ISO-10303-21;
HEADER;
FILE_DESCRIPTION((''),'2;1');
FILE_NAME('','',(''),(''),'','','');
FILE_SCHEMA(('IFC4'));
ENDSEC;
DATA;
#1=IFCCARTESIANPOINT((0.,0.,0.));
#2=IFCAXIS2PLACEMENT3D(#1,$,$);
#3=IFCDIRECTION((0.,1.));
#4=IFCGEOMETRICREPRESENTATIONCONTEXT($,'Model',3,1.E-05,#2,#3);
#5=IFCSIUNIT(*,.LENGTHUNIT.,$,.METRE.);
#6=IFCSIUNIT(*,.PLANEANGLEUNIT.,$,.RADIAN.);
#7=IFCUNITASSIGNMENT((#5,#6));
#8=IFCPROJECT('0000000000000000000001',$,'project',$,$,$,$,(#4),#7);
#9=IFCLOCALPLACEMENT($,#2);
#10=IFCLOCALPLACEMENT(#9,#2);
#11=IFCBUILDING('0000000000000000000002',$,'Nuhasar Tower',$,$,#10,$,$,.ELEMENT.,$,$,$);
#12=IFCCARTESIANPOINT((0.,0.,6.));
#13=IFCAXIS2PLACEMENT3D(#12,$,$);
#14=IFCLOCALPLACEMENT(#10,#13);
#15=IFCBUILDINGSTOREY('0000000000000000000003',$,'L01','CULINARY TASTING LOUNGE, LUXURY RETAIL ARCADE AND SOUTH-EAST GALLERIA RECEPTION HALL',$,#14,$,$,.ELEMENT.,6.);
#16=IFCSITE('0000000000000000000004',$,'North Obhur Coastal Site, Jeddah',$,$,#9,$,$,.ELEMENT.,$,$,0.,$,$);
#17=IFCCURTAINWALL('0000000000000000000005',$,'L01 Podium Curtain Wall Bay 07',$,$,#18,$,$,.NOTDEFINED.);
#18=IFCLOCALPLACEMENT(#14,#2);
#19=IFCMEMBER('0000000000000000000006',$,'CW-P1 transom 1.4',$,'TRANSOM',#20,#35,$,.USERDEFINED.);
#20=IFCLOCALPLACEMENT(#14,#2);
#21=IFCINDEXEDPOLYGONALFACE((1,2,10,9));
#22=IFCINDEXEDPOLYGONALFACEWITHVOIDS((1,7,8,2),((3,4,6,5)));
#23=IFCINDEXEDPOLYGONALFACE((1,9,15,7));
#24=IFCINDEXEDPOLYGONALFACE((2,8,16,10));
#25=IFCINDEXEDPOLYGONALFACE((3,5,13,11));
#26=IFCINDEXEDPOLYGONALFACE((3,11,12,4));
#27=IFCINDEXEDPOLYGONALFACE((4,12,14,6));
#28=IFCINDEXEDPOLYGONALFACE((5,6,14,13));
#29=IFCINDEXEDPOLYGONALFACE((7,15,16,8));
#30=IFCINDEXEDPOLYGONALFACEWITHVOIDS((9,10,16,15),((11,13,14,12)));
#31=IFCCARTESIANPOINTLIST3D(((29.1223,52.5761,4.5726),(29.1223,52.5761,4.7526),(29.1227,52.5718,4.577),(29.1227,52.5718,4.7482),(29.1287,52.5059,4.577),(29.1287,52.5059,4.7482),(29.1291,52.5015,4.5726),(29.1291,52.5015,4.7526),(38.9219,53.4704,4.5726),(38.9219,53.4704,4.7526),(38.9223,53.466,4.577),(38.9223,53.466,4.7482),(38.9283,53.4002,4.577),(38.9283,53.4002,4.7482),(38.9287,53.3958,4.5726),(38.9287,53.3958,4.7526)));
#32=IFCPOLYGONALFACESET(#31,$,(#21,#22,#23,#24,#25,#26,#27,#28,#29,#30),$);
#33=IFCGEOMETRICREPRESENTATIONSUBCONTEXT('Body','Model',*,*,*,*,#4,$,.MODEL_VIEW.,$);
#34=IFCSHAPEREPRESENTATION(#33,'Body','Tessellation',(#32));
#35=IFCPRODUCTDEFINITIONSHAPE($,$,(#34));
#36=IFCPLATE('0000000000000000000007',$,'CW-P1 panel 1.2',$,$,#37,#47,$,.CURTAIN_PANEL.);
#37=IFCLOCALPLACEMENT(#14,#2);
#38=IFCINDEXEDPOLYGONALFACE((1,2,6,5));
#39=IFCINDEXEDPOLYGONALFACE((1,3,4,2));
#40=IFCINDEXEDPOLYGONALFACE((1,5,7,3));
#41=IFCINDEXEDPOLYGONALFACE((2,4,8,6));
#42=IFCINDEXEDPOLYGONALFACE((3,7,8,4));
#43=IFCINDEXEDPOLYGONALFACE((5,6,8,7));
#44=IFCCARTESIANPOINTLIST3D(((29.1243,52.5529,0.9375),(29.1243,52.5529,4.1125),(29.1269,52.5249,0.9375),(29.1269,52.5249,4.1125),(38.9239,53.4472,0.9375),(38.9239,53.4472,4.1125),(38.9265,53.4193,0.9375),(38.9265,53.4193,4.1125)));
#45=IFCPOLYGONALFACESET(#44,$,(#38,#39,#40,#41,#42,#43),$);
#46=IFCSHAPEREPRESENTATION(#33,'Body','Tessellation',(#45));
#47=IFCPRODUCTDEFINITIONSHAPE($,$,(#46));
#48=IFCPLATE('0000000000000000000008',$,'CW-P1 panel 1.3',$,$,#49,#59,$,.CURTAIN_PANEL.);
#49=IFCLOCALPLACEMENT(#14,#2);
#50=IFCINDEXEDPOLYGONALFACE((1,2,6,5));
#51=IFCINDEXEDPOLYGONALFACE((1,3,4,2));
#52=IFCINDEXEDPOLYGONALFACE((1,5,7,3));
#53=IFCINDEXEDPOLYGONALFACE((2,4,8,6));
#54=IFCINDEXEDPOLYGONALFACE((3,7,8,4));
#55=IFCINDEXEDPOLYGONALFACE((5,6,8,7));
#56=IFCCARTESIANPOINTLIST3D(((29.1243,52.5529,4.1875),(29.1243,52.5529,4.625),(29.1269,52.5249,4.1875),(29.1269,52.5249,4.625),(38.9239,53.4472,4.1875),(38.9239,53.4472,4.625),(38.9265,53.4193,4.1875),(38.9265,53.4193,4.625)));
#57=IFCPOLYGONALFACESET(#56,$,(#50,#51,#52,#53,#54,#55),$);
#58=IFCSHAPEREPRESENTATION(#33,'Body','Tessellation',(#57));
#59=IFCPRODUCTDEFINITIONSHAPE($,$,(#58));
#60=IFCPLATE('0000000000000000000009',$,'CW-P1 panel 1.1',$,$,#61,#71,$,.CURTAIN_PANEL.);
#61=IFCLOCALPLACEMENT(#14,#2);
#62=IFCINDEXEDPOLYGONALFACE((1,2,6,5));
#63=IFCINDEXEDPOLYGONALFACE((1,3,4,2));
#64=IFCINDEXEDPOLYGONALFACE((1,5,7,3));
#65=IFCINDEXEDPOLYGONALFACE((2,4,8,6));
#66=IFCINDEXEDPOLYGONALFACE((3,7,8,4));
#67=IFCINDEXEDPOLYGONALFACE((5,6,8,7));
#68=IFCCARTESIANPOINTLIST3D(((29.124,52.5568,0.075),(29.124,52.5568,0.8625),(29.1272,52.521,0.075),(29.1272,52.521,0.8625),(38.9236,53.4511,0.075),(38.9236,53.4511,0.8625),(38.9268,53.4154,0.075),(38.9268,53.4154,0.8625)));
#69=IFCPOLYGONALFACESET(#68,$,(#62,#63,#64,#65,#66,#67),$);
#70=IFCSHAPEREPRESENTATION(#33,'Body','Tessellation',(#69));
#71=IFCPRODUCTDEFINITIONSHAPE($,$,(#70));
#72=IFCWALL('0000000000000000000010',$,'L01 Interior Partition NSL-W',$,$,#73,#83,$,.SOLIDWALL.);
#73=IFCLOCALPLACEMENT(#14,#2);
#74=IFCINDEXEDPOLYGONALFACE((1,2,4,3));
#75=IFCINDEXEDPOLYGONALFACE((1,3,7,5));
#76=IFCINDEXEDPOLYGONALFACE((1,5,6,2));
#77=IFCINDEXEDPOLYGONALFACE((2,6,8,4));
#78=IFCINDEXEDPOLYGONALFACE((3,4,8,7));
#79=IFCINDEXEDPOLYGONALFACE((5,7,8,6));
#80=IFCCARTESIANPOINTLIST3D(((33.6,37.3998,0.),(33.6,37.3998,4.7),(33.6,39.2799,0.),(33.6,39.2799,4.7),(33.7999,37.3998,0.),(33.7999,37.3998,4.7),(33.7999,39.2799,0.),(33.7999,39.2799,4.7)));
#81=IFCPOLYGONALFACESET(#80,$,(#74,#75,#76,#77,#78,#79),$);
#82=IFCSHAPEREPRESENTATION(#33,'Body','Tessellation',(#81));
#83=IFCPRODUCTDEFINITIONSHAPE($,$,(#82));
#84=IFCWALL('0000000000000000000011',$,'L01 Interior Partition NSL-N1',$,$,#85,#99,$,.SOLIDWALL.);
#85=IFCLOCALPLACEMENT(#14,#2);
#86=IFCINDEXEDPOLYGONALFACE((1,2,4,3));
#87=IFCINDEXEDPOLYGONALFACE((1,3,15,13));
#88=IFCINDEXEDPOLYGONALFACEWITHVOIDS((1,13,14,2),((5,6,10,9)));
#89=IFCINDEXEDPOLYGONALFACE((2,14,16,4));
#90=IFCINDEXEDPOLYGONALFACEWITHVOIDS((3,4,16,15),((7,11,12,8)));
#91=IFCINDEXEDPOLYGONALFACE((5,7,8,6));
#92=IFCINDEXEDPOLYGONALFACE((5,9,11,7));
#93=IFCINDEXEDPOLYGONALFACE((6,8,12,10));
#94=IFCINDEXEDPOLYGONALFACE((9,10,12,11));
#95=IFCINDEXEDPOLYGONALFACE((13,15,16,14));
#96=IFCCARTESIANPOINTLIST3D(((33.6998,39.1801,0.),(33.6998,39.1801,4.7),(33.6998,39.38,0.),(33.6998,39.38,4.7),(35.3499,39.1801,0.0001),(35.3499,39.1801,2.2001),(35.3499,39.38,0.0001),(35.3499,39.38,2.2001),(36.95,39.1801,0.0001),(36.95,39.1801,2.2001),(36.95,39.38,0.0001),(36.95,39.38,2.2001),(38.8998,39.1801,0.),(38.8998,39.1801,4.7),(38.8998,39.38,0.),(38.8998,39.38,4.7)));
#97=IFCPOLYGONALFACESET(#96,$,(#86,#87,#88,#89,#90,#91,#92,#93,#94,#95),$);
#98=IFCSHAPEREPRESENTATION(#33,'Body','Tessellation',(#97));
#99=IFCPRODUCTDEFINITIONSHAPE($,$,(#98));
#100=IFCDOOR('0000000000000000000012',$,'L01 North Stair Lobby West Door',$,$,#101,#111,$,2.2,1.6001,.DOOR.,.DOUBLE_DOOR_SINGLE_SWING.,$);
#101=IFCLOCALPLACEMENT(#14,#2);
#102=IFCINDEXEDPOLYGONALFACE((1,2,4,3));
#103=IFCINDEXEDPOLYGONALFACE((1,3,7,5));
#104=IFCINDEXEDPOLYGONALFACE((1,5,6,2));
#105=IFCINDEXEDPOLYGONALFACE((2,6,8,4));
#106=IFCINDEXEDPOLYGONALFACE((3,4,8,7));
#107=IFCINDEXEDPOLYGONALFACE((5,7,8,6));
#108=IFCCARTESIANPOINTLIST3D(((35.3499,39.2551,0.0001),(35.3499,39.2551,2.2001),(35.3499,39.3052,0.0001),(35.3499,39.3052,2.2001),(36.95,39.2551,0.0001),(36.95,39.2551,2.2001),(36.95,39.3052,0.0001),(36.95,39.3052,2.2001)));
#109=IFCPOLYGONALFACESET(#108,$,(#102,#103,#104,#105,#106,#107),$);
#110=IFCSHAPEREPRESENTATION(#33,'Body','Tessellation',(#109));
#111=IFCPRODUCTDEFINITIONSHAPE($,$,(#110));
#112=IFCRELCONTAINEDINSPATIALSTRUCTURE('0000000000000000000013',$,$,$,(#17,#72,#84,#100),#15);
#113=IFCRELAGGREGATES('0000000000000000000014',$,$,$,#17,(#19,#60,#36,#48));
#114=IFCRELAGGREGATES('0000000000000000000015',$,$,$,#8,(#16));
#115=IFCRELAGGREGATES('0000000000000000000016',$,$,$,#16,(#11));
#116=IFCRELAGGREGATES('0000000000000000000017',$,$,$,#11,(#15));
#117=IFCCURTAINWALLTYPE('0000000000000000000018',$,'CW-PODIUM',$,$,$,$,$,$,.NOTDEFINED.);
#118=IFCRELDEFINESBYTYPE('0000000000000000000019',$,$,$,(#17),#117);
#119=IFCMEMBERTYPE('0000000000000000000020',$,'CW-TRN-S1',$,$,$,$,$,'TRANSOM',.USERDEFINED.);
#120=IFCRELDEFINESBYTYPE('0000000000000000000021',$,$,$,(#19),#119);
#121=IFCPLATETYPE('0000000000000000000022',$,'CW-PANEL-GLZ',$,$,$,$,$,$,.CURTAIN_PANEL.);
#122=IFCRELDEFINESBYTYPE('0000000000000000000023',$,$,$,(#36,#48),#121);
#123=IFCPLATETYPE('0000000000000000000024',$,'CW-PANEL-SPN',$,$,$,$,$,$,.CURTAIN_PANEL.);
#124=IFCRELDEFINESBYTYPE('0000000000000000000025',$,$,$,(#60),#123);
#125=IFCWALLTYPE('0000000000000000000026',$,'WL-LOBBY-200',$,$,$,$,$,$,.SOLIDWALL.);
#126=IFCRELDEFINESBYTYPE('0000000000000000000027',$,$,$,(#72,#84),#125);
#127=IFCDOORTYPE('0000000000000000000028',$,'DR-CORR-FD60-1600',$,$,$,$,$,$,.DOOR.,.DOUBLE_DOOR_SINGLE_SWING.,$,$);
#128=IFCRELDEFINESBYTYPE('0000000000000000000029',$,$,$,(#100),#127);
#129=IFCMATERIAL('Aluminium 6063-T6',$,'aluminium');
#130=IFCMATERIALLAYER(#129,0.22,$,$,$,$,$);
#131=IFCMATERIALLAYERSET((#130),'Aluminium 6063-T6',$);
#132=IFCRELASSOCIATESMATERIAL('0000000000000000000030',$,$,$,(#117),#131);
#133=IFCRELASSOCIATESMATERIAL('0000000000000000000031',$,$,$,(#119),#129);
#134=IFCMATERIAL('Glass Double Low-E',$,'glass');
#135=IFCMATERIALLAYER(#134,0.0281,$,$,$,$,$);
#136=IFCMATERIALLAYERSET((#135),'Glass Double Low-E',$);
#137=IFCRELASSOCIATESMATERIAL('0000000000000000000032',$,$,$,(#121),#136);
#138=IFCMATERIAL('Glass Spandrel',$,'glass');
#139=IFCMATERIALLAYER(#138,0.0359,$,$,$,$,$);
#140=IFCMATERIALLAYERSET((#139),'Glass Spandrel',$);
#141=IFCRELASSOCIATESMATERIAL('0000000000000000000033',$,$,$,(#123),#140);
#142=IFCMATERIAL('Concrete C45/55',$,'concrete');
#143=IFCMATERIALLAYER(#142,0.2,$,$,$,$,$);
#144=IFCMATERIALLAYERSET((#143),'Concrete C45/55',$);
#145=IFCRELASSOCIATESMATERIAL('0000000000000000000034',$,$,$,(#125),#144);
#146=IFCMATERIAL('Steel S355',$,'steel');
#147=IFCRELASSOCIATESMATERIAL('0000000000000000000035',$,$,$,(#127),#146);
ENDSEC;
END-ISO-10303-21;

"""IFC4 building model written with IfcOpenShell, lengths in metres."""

from ifc_helpers import new_model, si_unit, direction, frame, frame_2d, origin, origin_2d, place, context, subcontext, project, spatial, rectangle, hollow_rectangle, extrude, material, layer, layer_set, material_profile, profile_set, type_object, element, fill, aggregate, save


model = new_model("IFC4")

# Units and contexts
model_context = context("Model", 3, precision=1e-05, world=origin(), true_north=direction((0.0, 1.0)))
body_context = subcontext(model_context, "Body", "Model", "MODEL_VIEW")
ifc_project = project(units=[si_unit("LENGTHUNIT", "METRE"), si_unit("PLANEANGLEUNIT", "RADIAN")], contexts=[model_context])

# Site, building, storey
site_placement = place(None, origin())
site = spatial("IfcSite", under=ifc_project, at=site_placement, Name="North Obhur Coastal Site, Jeddah", CompositionType="ELEMENT", RefElevation=0.0)
building_placement = place(site_placement, origin())
building = spatial("IfcBuilding", under=site, at=building_placement, Name="Nuhasar Tower", CompositionType="ELEMENT")
storey_placement = place(building_placement, frame((0.0, 0.0, 6.0)))
storey = spatial("IfcBuildingStorey", under=building, at=storey_placement, Name="L01", Description="CULINARY TASTING LOUNGE, LUXURY RETAIL ARCADE AND SOUTH-EAST GALLERIA RECEPTION HALL", CompositionType="ELEMENT", Elevation=6.0)

# Shared definitions
ifc_material_1 = material(Name="Steel S355", Category="steel")

# Curtain wall, member, plates
ifc_material_2 = material(Name="Aluminium 6063-T6", Category="aluminium")
ifc_layer_1 = layer(ifc_material_2, 0.22)
ifc_layer_set_1 = layer_set([ifc_layer_1], Name="Aluminium 6063-T6")
curtain_wall_type = type_object("IfcCurtainWallType", Name="CW-PODIUM", PredefinedType="NOTDEFINED", material=ifc_layer_set_1)
curtain_wall_placement = place(storey_placement, origin())
curtain_wall = element("IfcCurtainWall", 1, at=curtain_wall_placement, inside=storey, type_object=curtain_wall_type, Name="L01 Podium Curtain Wall Bay 07", PredefinedType="NOTDEFINED")
ifc_material_profile_1 = material_profile(ifc_material_2, hollow_rectangle(XDim=0.075, YDim=0.1799, WallThickness=0.0044, at=origin_2d()), Name="CWT-1")
ifc_profile_set_1 = profile_set([ifc_material_profile_1], Name="Aluminium 6063-T6")
member_type_1 = type_object("IfcMemberType", Name="CW-TRN-S1", ElementType="TRANSOM", PredefinedType="USERDEFINED", material=ifc_profile_set_1)
member_1_placement = place(storey_placement, frame((38.9253, 53.4331, 4.6626), z_axis=(-0.995862, -0.09088, 0.0), x_axis=(0.09088, -0.995862, 0.0)))
member_1 = element("IfcMember", 2, at=member_1_placement, type_object=member_type_1, Name="CW-P1 transom 1.4", ObjectType="TRANSOM", PredefinedType="USERDEFINED", context=body_context, shape_type="SweptSolid", body=[
    extrude(hollow_rectangle(XDim=0.075, YDim=0.1799, WallThickness=0.0044, at=origin_2d()), origin(), (0.0, 0.0, 1.0), 9.8403),
])
ifc_material_3 = material(Name="Glass Double Low-E", Category="glass")
ifc_layer_2 = layer(ifc_material_3, 0.0281)
ifc_layer_set_2 = layer_set([ifc_layer_2], Name="Glass Double Low-E")
plate_type_1 = type_object("IfcPlateType", Name="CW-PANEL-GLZ", PredefinedType="CURTAIN_PANEL", material=ifc_layer_set_2)
plate_1_placement = place(storey_placement, frame((34.0254, 52.9861, 0.9375), z_axis=(0.0, 0.0, 1.0), x_axis=(-0.995861, -0.090888, 0.0)))
plate_1 = element("IfcPlate", 3, at=plate_1_placement, type_object=plate_type_1, Name="CW-P1 panel 1.2", PredefinedType="CURTAIN_PANEL", context=body_context, shape_type="SweptSolid", body=[
    extrude(rectangle(XDim=9.8403, YDim=0.0281, at=origin_2d()), origin(), (0.0, 0.0, 1.0), 3.175),
])
plate_2_placement = place(storey_placement, frame((34.0254, 52.9861, 4.1875), z_axis=(0.0, 0.0, 1.0), x_axis=(-0.995861, -0.090888, 0.0)))
plate_2 = element("IfcPlate", 4, at=plate_2_placement, type_object=plate_type_1, Name="CW-P1 panel 1.3", PredefinedType="CURTAIN_PANEL", context=body_context, shape_type="SweptSolid", body=[
    extrude(rectangle(XDim=9.8403, YDim=0.0281, at=origin_2d()), origin(), (0.0, 0.0, 1.0), 0.4375),
])
ifc_material_4 = material(Name="Glass Spandrel", Category="glass")
ifc_layer_3 = layer(ifc_material_4, 0.0359)
ifc_layer_set_3 = layer_set([ifc_layer_3], Name="Glass Spandrel")
plate_type_2 = type_object("IfcPlateType", Name="CW-PANEL-SPN", PredefinedType="CURTAIN_PANEL", material=ifc_layer_set_3)
plate_3_placement = place(storey_placement, frame((34.0254, 52.9861, 0.075), z_axis=(0.0, 0.0, 1.0), x_axis=(-0.995861, -0.090888, 0.0)))
plate_3 = element("IfcPlate", 5, at=plate_3_placement, type_object=plate_type_2, Name="CW-P1 panel 1.1", PredefinedType="CURTAIN_PANEL", context=body_context, shape_type="SweptSolid", body=[
    extrude(rectangle(XDim=9.8403, YDim=0.0359, at=origin_2d()), origin(), (0.0, 0.0, 1.0), 0.7876),
])
aggregate(curtain_wall, [member_1, plate_3, plate_1, plate_2])

# Wall
ifc_material_5 = material(Name="Concrete C45/55", Category="concrete")
ifc_layer_4 = layer(ifc_material_5, 0.2)
ifc_layer_set_4 = layer_set([ifc_layer_4], Name="Concrete C45/55")
wall_type_1 = type_object("IfcWallType", Name="WL-LOBBY-200", PredefinedType="SOLIDWALL", material=ifc_layer_set_4)
wall_1_placement = place(storey_placement, frame((33.7, 37.3999, 0.0), z_axis=(0.0, 0.0, 1.0), x_axis=(0.0, 1.0, 0.0)))
element("IfcWall", 6, at=wall_1_placement, inside=storey, type_object=wall_type_1, Name="L01 Interior Partition NSL-W", PredefinedType="SOLIDWALL", context=body_context, shape_type="SweptSolid", body=[
    extrude(rectangle(XDim=1.8801, YDim=0.2, at=frame_2d((0.9399, 0.0))), origin(), (0.0, 0.0, 1.0), 4.7),
])

# Wall, opening, door
wall_2_placement = place(storey_placement, frame((38.8999, 39.28, 0.0), z_axis=(0.0, 0.0, 1.0), x_axis=(-1.0, 0.0, 0.0)))
wall_2 = element("IfcWall", 7, at=wall_2_placement, inside=storey, type_object=wall_type_1, Name="L01 Interior Partition NSL-N1", PredefinedType="SOLIDWALL", context=body_context, shape_type="SweptSolid", body=[
    extrude(rectangle(XDim=5.2, YDim=0.2, at=frame_2d((2.6001, 0.0))), origin(), (0.0, 0.0, 1.0), 4.7),
])
opening_1_placement = place(wall_2_placement, frame((1.95, 0.0, 0.0)))
opening_1 = element("IfcOpeningElement", 8, at=opening_1_placement, cuts=wall_2, PredefinedType="OPENING", context=body_context, shape_type="SweptSolid", body=[
    extrude(rectangle(XDim=1.6001, YDim=2.2, at=frame_2d((0.8, 1.1001))), frame((0.0, 0.1099, 0.0), z_axis=(0.0, -1.0, 0.0), x_axis=(1.0, 0.0, 0.0)), (0.0, 0.0, 1.0), 0.22),
])
door_type_1 = type_object("IfcDoorType", Name="DR-CORR-FD60-1600", OperationType="DOUBLE_DOOR_SINGLE_SWING", PredefinedType="DOOR", material=ifc_material_1)
door_1_placement = place(opening_1_placement, origin())
door_1 = element("IfcDoor", 9, at=door_1_placement, inside=storey, type_object=door_type_1, Name="L01 North Stair Lobby West Door", OperationType="DOUBLE_DOOR_SINGLE_SWING", OverallHeight=2.2, OverallWidth=1.6001, PredefinedType="DOOR", context=body_context, shape_type="SweptSolid", body=[
    extrude(rectangle(XDim=1.6001, YDim=2.2, at=frame_2d((0.8, 1.1001))), frame((0.0, 0.0249, 0.0), z_axis=(0.0, -1.0, 0.0), x_axis=(1.0, 0.0, 0.0)), (0.0, 0.0, 1.0), 0.05),
])
fill(opening_1, door_1)

save(model, "model.ifc")
